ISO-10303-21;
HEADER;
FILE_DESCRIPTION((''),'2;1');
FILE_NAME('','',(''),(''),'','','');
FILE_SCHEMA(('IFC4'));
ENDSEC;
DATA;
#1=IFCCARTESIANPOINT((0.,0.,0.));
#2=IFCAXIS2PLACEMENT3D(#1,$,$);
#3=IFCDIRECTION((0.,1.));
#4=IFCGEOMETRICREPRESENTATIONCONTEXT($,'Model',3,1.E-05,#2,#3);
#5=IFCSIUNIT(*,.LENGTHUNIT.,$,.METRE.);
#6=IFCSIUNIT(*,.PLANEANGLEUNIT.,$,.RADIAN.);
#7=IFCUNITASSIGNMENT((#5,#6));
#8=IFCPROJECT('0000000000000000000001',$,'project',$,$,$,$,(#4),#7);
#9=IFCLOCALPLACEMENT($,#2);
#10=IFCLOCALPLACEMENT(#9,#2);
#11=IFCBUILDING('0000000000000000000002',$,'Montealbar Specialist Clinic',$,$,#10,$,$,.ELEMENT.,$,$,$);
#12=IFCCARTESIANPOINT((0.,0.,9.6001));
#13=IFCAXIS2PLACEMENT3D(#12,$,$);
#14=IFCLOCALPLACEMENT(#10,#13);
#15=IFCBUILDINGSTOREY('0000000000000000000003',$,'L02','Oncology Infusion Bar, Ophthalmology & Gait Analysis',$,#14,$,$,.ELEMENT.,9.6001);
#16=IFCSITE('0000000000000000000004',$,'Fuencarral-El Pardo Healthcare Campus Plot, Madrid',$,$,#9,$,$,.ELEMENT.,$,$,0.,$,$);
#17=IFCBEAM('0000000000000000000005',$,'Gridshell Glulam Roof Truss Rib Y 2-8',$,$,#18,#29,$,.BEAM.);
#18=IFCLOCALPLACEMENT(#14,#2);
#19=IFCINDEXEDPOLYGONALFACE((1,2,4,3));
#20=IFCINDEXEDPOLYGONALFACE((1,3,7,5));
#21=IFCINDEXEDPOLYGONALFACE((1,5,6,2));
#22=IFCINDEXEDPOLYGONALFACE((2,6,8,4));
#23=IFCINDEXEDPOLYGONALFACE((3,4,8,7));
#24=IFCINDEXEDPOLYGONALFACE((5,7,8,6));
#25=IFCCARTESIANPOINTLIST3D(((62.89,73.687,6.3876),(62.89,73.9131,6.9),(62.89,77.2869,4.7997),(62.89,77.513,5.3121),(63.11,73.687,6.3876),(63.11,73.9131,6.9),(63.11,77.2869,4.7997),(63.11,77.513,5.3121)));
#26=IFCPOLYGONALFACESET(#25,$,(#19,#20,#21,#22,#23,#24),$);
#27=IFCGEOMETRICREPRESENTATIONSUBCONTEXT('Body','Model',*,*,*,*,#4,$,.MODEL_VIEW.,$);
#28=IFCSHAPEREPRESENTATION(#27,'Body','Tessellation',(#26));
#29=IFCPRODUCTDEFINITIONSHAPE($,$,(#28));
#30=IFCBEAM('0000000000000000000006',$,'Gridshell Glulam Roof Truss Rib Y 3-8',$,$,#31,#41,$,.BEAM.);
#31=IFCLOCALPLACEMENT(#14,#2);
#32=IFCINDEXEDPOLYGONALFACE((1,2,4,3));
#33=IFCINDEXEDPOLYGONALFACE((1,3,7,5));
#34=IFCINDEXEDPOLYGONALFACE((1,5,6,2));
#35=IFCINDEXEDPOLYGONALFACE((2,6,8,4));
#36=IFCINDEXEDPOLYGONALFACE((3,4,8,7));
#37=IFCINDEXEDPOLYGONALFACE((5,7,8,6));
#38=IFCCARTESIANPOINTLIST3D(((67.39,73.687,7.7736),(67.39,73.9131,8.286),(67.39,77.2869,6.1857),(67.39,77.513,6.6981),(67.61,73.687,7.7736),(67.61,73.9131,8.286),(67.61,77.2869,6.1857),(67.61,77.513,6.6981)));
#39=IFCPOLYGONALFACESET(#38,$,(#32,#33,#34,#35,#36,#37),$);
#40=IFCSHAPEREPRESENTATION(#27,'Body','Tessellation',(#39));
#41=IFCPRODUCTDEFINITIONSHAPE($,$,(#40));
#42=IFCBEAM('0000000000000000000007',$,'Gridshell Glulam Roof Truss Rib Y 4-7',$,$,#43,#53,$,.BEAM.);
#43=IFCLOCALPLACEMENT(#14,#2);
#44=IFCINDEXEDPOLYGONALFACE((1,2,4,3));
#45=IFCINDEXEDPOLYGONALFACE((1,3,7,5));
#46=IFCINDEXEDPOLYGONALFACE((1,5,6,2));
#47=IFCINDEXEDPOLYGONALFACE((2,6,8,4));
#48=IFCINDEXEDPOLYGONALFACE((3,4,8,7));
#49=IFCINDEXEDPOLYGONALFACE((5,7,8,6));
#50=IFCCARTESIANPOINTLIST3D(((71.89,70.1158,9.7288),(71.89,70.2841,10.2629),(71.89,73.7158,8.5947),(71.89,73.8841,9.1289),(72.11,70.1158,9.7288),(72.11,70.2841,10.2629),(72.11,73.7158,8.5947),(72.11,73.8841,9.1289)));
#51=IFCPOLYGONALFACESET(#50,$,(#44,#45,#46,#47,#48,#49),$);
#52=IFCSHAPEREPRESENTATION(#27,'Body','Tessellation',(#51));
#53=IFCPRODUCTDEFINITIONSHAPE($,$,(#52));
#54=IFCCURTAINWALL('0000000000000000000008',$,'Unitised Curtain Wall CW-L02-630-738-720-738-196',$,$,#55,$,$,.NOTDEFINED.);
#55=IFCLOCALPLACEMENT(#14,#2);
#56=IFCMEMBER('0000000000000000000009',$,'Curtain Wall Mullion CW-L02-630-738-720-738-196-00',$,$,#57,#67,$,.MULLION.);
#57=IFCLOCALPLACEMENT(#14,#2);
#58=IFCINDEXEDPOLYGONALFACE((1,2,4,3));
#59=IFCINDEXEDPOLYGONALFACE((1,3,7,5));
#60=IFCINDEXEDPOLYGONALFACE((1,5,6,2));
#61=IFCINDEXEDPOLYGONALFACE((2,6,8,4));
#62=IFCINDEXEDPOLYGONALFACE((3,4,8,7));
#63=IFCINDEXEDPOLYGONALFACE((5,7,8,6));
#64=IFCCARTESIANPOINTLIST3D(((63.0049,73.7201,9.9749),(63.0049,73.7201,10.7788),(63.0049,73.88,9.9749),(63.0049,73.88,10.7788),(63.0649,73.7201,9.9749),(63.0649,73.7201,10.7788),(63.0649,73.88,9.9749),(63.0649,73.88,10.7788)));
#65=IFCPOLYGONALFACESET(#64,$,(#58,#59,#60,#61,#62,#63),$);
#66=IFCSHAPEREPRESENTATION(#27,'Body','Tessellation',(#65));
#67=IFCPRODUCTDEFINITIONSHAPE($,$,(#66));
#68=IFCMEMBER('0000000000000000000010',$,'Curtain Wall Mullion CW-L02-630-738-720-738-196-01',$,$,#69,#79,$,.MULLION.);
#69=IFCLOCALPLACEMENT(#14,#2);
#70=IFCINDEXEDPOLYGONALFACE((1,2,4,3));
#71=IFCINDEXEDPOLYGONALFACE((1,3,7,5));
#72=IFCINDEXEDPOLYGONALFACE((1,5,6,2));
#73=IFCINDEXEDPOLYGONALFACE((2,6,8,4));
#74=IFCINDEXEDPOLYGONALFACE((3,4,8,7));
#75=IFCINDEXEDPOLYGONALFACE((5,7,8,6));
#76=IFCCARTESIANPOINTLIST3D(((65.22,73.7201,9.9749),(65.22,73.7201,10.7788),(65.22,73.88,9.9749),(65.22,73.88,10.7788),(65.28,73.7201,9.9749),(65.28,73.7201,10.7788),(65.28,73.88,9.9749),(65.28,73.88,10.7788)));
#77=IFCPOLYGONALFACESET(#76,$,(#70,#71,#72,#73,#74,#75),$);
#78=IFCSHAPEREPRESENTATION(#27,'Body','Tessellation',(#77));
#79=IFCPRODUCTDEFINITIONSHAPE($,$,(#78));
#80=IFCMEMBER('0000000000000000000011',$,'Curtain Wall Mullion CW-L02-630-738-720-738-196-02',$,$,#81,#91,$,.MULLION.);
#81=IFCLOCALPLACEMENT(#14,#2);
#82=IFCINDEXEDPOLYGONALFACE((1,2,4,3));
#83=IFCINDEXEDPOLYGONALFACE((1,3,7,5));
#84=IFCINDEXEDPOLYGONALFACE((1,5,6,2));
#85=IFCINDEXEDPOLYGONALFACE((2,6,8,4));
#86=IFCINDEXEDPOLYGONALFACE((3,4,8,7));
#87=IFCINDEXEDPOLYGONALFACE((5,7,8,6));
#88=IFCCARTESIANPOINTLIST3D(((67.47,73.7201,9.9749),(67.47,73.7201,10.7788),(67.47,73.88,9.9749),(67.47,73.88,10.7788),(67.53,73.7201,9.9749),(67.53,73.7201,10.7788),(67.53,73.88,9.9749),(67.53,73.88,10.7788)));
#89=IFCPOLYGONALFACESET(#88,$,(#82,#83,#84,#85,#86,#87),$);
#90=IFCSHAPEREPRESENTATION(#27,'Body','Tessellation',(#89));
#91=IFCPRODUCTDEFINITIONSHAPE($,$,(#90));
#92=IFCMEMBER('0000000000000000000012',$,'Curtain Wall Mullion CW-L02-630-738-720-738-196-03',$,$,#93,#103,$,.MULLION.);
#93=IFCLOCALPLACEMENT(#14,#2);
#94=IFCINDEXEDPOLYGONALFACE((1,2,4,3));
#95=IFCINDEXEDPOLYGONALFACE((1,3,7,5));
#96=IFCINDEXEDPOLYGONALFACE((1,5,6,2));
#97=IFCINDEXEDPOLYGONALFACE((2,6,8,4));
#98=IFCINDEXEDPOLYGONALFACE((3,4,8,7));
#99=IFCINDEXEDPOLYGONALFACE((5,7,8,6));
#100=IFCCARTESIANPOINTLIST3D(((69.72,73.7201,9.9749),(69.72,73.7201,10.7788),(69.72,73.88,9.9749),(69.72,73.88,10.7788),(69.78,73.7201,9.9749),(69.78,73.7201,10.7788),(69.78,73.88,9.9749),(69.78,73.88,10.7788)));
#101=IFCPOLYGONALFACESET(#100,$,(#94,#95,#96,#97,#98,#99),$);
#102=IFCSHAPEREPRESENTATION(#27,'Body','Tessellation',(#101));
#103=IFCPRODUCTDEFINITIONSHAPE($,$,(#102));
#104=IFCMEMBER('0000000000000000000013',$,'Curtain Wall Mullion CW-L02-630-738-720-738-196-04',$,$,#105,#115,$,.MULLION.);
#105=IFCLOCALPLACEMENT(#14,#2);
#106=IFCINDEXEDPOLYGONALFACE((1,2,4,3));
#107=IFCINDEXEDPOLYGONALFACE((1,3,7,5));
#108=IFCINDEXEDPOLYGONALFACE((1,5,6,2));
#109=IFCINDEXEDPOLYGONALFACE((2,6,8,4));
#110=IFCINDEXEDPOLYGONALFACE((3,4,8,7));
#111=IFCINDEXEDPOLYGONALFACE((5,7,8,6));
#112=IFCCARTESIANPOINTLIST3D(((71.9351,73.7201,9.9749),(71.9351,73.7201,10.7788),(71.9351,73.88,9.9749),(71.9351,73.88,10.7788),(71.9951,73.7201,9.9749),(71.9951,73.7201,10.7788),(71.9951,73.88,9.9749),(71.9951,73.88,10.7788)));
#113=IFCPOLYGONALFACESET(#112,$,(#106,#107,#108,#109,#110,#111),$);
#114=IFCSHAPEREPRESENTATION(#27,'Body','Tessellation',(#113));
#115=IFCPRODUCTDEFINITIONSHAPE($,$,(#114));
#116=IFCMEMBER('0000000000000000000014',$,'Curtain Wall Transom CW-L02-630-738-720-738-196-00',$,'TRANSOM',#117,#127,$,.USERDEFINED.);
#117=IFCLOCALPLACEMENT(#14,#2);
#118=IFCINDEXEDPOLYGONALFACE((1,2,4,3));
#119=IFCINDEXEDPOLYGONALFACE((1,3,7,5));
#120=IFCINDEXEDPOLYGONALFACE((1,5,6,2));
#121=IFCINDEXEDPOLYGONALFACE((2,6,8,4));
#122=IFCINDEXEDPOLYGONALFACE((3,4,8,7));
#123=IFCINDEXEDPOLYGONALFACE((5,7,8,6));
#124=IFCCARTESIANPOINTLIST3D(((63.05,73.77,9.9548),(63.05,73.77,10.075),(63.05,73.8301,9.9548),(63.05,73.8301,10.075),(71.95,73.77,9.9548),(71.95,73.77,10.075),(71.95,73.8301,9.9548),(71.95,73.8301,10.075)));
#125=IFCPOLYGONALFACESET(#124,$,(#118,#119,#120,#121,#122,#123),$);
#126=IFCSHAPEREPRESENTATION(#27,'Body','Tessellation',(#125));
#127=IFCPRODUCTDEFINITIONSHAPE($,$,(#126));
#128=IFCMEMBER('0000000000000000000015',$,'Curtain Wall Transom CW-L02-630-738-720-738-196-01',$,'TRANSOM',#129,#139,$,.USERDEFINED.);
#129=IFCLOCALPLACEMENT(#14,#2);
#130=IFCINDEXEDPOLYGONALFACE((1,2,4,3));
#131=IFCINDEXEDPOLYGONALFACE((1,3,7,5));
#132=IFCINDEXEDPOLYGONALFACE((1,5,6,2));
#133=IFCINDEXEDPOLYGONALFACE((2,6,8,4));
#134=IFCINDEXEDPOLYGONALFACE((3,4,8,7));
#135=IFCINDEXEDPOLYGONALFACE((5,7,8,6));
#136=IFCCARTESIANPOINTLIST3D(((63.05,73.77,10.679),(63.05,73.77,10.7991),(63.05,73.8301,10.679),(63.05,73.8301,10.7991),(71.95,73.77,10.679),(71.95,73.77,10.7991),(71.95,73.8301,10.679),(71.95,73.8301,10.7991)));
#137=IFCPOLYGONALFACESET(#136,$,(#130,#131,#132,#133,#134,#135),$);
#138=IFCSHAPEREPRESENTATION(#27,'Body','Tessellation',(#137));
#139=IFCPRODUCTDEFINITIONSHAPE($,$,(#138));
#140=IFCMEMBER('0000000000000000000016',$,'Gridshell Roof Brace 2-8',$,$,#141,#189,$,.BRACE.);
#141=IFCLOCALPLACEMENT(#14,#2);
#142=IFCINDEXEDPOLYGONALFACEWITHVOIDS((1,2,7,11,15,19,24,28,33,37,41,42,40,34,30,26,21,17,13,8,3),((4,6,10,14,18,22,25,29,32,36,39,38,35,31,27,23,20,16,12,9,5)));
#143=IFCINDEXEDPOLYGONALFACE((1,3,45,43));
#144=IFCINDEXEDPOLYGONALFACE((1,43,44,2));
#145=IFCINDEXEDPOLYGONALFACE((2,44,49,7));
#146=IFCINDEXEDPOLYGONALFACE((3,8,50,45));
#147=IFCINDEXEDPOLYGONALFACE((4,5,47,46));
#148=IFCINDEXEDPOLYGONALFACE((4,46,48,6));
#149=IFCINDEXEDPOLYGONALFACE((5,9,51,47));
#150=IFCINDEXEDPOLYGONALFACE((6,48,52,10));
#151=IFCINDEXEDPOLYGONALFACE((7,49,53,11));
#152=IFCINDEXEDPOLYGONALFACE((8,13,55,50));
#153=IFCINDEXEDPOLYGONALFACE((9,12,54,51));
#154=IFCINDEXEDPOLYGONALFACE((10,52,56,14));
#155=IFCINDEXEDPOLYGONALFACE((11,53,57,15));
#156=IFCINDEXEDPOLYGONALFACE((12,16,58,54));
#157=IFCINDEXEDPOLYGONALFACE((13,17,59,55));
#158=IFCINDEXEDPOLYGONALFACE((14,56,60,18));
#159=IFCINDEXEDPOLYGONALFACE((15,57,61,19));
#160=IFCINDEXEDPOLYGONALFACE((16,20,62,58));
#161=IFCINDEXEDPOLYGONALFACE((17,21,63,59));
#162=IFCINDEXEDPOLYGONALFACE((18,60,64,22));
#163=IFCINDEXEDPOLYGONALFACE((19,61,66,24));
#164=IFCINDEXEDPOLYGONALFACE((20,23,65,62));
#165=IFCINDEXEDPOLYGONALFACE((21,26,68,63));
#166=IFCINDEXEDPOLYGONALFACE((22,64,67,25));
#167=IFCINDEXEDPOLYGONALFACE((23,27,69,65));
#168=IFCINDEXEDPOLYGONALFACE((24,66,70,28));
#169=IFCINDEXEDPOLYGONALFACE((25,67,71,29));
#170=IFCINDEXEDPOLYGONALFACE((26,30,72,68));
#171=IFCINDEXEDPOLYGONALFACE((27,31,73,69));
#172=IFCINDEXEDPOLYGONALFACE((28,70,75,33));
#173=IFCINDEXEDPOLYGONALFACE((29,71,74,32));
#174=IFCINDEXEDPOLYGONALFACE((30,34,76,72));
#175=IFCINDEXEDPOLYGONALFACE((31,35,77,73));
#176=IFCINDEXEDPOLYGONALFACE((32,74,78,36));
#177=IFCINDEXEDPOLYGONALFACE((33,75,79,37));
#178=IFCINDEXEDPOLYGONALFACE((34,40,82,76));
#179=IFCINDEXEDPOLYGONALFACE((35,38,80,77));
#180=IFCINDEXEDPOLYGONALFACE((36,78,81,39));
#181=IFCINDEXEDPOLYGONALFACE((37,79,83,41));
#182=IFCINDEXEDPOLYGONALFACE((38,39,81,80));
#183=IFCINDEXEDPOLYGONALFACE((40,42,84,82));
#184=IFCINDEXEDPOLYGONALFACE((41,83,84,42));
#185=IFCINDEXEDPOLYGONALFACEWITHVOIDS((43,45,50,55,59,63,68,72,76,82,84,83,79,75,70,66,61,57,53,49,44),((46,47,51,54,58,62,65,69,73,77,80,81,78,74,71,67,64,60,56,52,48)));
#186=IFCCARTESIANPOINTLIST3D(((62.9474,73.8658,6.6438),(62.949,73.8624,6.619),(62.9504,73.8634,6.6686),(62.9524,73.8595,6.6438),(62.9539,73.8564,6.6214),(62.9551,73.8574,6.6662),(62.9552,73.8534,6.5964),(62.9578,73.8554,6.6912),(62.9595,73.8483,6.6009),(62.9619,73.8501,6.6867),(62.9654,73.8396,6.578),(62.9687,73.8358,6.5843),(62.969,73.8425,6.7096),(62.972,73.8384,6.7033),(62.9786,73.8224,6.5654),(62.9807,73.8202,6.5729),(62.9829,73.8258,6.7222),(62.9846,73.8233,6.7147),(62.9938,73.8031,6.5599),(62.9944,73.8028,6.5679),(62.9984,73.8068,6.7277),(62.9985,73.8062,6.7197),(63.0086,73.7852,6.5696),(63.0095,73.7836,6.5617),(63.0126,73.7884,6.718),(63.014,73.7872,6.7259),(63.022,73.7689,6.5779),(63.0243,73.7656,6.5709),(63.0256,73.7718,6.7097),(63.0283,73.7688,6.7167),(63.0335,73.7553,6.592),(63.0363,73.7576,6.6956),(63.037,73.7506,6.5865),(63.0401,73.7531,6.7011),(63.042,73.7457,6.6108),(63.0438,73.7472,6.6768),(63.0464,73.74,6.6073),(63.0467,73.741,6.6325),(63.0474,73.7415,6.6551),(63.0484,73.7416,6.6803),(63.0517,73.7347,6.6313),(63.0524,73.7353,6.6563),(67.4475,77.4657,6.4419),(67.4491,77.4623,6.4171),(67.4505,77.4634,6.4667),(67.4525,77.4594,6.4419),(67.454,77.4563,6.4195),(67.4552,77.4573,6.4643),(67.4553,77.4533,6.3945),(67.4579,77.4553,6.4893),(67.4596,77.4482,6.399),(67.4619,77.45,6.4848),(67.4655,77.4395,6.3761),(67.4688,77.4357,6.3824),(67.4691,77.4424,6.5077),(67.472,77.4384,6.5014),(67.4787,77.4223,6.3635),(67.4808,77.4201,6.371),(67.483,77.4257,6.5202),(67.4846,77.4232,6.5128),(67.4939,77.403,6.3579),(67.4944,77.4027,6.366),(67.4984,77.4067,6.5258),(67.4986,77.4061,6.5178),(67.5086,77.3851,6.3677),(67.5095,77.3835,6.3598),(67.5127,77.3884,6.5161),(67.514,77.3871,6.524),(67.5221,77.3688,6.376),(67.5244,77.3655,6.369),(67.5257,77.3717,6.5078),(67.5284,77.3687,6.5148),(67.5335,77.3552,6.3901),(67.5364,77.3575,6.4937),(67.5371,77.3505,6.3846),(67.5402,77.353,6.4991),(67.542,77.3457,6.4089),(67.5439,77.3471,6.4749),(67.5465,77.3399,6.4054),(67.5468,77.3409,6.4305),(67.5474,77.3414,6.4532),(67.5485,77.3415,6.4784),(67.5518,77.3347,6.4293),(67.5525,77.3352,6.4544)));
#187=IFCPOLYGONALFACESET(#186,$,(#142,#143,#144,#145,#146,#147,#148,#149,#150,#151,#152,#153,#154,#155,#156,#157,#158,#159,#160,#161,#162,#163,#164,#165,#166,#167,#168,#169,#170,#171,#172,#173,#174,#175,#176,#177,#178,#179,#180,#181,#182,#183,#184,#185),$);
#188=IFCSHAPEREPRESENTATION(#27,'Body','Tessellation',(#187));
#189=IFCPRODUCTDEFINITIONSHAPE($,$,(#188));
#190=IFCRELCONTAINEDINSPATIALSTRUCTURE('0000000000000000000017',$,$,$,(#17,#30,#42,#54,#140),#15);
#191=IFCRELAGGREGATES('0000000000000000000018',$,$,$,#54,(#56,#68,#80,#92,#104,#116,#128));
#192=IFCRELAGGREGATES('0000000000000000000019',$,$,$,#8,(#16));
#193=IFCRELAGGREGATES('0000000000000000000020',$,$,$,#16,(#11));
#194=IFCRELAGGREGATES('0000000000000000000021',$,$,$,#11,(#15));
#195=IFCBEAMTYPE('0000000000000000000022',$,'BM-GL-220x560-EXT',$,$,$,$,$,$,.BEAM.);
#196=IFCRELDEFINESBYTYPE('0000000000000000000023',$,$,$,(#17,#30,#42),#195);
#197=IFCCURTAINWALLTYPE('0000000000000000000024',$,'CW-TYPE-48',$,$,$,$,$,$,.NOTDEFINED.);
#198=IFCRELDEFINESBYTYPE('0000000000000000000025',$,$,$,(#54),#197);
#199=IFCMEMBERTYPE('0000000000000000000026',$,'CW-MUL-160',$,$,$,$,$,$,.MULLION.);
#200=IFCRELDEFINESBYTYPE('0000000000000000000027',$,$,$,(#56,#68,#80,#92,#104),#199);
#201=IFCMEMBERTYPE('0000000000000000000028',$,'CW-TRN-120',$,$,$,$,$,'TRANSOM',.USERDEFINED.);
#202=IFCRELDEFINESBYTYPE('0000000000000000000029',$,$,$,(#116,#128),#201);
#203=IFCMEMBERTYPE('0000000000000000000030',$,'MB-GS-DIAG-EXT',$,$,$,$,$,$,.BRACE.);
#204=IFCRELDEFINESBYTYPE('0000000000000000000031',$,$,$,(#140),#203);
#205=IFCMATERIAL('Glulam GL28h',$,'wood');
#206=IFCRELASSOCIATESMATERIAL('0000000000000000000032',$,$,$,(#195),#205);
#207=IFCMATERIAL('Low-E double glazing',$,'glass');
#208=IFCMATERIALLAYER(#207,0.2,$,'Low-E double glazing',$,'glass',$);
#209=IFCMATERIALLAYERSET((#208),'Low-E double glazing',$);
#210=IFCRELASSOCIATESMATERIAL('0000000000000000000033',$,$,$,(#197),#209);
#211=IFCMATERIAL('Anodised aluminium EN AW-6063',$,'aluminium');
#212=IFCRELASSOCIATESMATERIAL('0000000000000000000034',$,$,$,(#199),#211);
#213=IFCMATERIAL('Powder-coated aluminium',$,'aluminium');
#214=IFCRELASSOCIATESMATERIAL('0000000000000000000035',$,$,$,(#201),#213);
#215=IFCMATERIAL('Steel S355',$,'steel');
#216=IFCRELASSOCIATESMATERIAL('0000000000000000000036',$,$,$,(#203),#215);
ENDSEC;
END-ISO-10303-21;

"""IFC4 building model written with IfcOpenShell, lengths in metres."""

from ifc_helpers import new_model, si_unit, direction, frame, origin, origin_2d, place, context, subcontext, project, spatial, rectangle, hollow_circle, extrude, material, layer, layer_set, material_profile, profile_set, type_object, element, aggregate, save


model = new_model("IFC4")

# Units and contexts
model_context = context("Model", 3, precision=1e-05, world=origin(), true_north=direction((0.0, 1.0)))
body_context = subcontext(model_context, "Body", "Model", "MODEL_VIEW")
ifc_project = project(units=[si_unit("LENGTHUNIT", "METRE"), si_unit("PLANEANGLEUNIT", "RADIAN")], contexts=[model_context])

# Site, building, storey
site_placement = place(None, origin())
site = spatial("IfcSite", under=ifc_project, at=site_placement, Name="Fuencarral-El Pardo Healthcare Campus Plot, Madrid", CompositionType="ELEMENT", RefElevation=0.0)
building_placement = place(site_placement, origin())
building = spatial("IfcBuilding", under=site, at=building_placement, Name="Montealbar Specialist Clinic", CompositionType="ELEMENT")
storey_placement = place(building_placement, frame((0.0, 0.0, 9.6001)))
storey = spatial("IfcBuildingStorey", under=building, at=storey_placement, Name="L02", Description="Oncology Infusion Bar, Ophthalmology & Gait Analysis", CompositionType="ELEMENT", Elevation=9.6001)

# Beams
ifc_material_1 = material(Name="Steel S355", Category="steel")
ifc_material_2 = material(Name="Glulam GL28h", Category="wood")
ifc_material_profile_1 = material_profile(ifc_material_2, rectangle(XDim=0.22, YDim=0.5601, at=origin_2d()), Name="GL28h 220x560", Category="wood")
ifc_profile_set_1 = profile_set([ifc_material_profile_1], Name="Glulam GL28h")
beam_type_1 = type_object("IfcBeamType", Name="BM-GL-220x560-EXT", PredefinedType="BEAM", material=ifc_profile_set_1)
for number, where, z_axis, x_axis, name in (
    (1, (63.0, 73.8, 6.6438), (0.0, 0.914944, -0.403581), (-1.0, 0.0, 0.0), "Gridshell Glulam Roof Truss Rib Y 2-8"),
    (2, (67.5, 73.8, 8.0298), (0.0, 0.914944, -0.403581), (-1.0, 0.0, 0.0), "Gridshell Glulam Roof Truss Rib Y 3-8"),
):
    element("IfcBeam", number, at=place(storey_placement, frame(where, z_axis=z_axis, x_axis=x_axis)), inside=storey, type_object=beam_type_1, Name=name, PredefinedType="BEAM", context=body_context, shape_type="SweptSolid", body=[
        extrude(rectangle(XDim=0.22, YDim=0.5601, at=origin_2d()), origin(), (0.0, 0.0, 1.0), 3.9346),
    ])
beam_1_placement = place(storey_placement, frame((72.0, 70.2, 9.9958), z_axis=(0.0, 0.953798, -0.300447), x_axis=(-1.0, 0.0, 0.0)))
element("IfcBeam", 3, at=beam_1_placement, inside=storey, type_object=beam_type_1, Name="Gridshell Glulam Roof Truss Rib Y 4-7", PredefinedType="BEAM", context=body_context, shape_type="SweptSolid", body=[
    extrude(rectangle(XDim=0.22, YDim=0.5601, at=origin_2d()), origin(), (0.0, 0.0, 1.0), 3.7744),
])

# Curtain wall, members
ifc_material_3 = material(Name="Low-E double glazing", Category="glass")
ifc_layer_1 = layer(ifc_material_3, 0.2, Name="Low-E double glazing", Category="glass")
ifc_layer_set_1 = layer_set([ifc_layer_1], Name="Low-E double glazing")
curtain_wall_type = type_object("IfcCurtainWallType", Name="CW-TYPE-48", PredefinedType="NOTDEFINED", material=ifc_layer_set_1)
curtain_wall_placement = place(storey_placement, origin())
curtain_wall = element("IfcCurtainWall", 4, at=curtain_wall_placement, inside=storey, type_object=curtain_wall_type, Name="Unitised Curtain Wall CW-L02-630-738-720-738-196", PredefinedType="NOTDEFINED")
ifc_material_4 = material(Name="Anodised aluminium EN AW-6063", Category="aluminium")
ifc_material_profile_2 = material_profile(ifc_material_4, rectangle(XDim=0.0601, YDim=0.1599, at=origin_2d()), Name="ALU 60x160", Category="aluminium")
ifc_profile_set_2 = profile_set([ifc_material_profile_2], Name="Anodised aluminium EN AW-6063")
member_type_1 = type_object("IfcMemberType", Name="CW-MUL-160", PredefinedType="MULLION", material=ifc_profile_set_2)
member_1_placement = place(storey_placement, frame((63.0349, 73.8, 9.9749), z_axis=(0.0, 0.0, 1.0), x_axis=(1.0, 0.0, 0.0)))
member_1 = element("IfcMember", 5, at=member_1_placement, type_object=member_type_1, Name="Curtain Wall Mullion CW-L02-630-738-720-738-196-00", PredefinedType="MULLION", context=body_context, shape_type="SweptSolid", body=[
    extrude(rectangle(XDim=0.0601, YDim=0.1599, at=origin_2d()), origin(), (0.0, 0.0, 1.0), 0.804),
])
member_2_placement = place(storey_placement, frame((65.25, 73.8, 9.9749), z_axis=(0.0, 0.0, 1.0), x_axis=(1.0, 0.0, 0.0)))
member_2 = element("IfcMember", 6, at=member_2_placement, type_object=member_type_1, Name="Curtain Wall Mullion CW-L02-630-738-720-738-196-01", PredefinedType="MULLION", context=body_context, shape_type="SweptSolid", body=[
    extrude(rectangle(XDim=0.0601, YDim=0.1599, at=origin_2d()), origin(), (0.0, 0.0, 1.0), 0.804),
])
member_3_placement = place(storey_placement, frame((67.5, 73.8, 9.9749), z_axis=(0.0, 0.0, 1.0), x_axis=(1.0, 0.0, 0.0)))
member_3 = element("IfcMember", 7, at=member_3_placement, type_object=member_type_1, Name="Curtain Wall Mullion CW-L02-630-738-720-738-196-02", PredefinedType="MULLION", context=body_context, shape_type="SweptSolid", body=[
    extrude(rectangle(XDim=0.0601, YDim=0.1599, at=origin_2d()), origin(), (0.0, 0.0, 1.0), 0.804),
])
member_4_placement = place(storey_placement, frame((69.75, 73.8, 9.9749), z_axis=(0.0, 0.0, 1.0), x_axis=(1.0, 0.0, 0.0)))
member_4 = element("IfcMember", 8, at=member_4_placement, type_object=member_type_1, Name="Curtain Wall Mullion CW-L02-630-738-720-738-196-03", PredefinedType="MULLION", context=body_context, shape_type="SweptSolid", body=[
    extrude(rectangle(XDim=0.0601, YDim=0.1599, at=origin_2d()), origin(), (0.0, 0.0, 1.0), 0.804),
])
member_5_placement = place(storey_placement, frame((71.9651, 73.8, 9.9749), z_axis=(0.0, 0.0, 1.0), x_axis=(1.0, 0.0, 0.0)))
member_5 = element("IfcMember", 9, at=member_5_placement, type_object=member_type_1, Name="Curtain Wall Mullion CW-L02-630-738-720-738-196-04", PredefinedType="MULLION", context=body_context, shape_type="SweptSolid", body=[
    extrude(rectangle(XDim=0.0601, YDim=0.1599, at=origin_2d()), origin(), (0.0, 0.0, 1.0), 0.804),
])
ifc_material_5 = material(Name="Powder-coated aluminium", Category="aluminium")
ifc_material_profile_3 = material_profile(ifc_material_5, rectangle(XDim=0.0601, YDim=0.1201, at=origin_2d()), Name="ALU 60x120", Category="aluminium")
ifc_profile_set_3 = profile_set([ifc_material_profile_3], Name="Powder-coated aluminium")
member_type_2 = type_object("IfcMemberType", Name="CW-TRN-120", ElementType="TRANSOM", PredefinedType="USERDEFINED", material=ifc_profile_set_3)
member_6_placement = place(storey_placement, frame((63.05, 73.8, 10.0149), z_axis=(1.0, 0.0, 0.0), x_axis=(0.0, 1.0, 0.0)))
member_6 = element("IfcMember", 10, at=member_6_placement, type_object=member_type_2, Name="Curtain Wall Transom CW-L02-630-738-720-738-196-00", ObjectType="TRANSOM", PredefinedType="USERDEFINED", context=body_context, shape_type="SweptSolid", body=[
    extrude(rectangle(XDim=0.0601, YDim=0.1201, at=origin_2d()), origin(), (0.0, 0.0, 1.0), 8.8999),
])
member_7_placement = place(storey_placement, frame((63.05, 73.8, 10.739), z_axis=(1.0, 0.0, 0.0), x_axis=(0.0, 1.0, 0.0)))
member_7 = element("IfcMember", 11, at=member_7_placement, type_object=member_type_2, Name="Curtain Wall Transom CW-L02-630-738-720-738-196-01", ObjectType="TRANSOM", PredefinedType="USERDEFINED", context=body_context, shape_type="SweptSolid", body=[
    extrude(rectangle(XDim=0.0601, YDim=0.1201, at=origin_2d()), origin(), (0.0, 0.0, 1.0), 8.8999),
])

# Member
ifc_material_profile_4 = material_profile(ifc_material_1, hollow_circle(Radius=0.0842, WallThickness=0.0081, at=origin_2d()), Name="CHS 168.3x8.0", Category="steel")
ifc_profile_set_4 = profile_set([ifc_material_profile_4], Name="Steel S355")
member_type_3 = type_object("IfcMemberType", Name="MB-GS-DIAG-EXT", PredefinedType="BRACE", material=ifc_profile_set_4)
member_8_placement = place(storey_placement, frame((63.0, 73.8, 6.6438), z_axis=(0.780402, 0.624296, -0.035015), x_axis=(-0.62468, 0.780881, 0.0)))
element("IfcMember", 12, at=member_8_placement, inside=storey, type_object=member_type_3, Name="Gridshell Roof Brace 2-8", PredefinedType="BRACE", context=body_context, shape_type="SweptSolid", body=[
    extrude(hollow_circle(Radius=0.0842, WallThickness=0.0081, at=origin_2d()), origin(), (0.0, 0.0, 1.0), 5.7664),
])

aggregate(curtain_wall, [member_1, member_2, member_3, member_4, member_5, member_6, member_7])

save(model, "model.ifc")
